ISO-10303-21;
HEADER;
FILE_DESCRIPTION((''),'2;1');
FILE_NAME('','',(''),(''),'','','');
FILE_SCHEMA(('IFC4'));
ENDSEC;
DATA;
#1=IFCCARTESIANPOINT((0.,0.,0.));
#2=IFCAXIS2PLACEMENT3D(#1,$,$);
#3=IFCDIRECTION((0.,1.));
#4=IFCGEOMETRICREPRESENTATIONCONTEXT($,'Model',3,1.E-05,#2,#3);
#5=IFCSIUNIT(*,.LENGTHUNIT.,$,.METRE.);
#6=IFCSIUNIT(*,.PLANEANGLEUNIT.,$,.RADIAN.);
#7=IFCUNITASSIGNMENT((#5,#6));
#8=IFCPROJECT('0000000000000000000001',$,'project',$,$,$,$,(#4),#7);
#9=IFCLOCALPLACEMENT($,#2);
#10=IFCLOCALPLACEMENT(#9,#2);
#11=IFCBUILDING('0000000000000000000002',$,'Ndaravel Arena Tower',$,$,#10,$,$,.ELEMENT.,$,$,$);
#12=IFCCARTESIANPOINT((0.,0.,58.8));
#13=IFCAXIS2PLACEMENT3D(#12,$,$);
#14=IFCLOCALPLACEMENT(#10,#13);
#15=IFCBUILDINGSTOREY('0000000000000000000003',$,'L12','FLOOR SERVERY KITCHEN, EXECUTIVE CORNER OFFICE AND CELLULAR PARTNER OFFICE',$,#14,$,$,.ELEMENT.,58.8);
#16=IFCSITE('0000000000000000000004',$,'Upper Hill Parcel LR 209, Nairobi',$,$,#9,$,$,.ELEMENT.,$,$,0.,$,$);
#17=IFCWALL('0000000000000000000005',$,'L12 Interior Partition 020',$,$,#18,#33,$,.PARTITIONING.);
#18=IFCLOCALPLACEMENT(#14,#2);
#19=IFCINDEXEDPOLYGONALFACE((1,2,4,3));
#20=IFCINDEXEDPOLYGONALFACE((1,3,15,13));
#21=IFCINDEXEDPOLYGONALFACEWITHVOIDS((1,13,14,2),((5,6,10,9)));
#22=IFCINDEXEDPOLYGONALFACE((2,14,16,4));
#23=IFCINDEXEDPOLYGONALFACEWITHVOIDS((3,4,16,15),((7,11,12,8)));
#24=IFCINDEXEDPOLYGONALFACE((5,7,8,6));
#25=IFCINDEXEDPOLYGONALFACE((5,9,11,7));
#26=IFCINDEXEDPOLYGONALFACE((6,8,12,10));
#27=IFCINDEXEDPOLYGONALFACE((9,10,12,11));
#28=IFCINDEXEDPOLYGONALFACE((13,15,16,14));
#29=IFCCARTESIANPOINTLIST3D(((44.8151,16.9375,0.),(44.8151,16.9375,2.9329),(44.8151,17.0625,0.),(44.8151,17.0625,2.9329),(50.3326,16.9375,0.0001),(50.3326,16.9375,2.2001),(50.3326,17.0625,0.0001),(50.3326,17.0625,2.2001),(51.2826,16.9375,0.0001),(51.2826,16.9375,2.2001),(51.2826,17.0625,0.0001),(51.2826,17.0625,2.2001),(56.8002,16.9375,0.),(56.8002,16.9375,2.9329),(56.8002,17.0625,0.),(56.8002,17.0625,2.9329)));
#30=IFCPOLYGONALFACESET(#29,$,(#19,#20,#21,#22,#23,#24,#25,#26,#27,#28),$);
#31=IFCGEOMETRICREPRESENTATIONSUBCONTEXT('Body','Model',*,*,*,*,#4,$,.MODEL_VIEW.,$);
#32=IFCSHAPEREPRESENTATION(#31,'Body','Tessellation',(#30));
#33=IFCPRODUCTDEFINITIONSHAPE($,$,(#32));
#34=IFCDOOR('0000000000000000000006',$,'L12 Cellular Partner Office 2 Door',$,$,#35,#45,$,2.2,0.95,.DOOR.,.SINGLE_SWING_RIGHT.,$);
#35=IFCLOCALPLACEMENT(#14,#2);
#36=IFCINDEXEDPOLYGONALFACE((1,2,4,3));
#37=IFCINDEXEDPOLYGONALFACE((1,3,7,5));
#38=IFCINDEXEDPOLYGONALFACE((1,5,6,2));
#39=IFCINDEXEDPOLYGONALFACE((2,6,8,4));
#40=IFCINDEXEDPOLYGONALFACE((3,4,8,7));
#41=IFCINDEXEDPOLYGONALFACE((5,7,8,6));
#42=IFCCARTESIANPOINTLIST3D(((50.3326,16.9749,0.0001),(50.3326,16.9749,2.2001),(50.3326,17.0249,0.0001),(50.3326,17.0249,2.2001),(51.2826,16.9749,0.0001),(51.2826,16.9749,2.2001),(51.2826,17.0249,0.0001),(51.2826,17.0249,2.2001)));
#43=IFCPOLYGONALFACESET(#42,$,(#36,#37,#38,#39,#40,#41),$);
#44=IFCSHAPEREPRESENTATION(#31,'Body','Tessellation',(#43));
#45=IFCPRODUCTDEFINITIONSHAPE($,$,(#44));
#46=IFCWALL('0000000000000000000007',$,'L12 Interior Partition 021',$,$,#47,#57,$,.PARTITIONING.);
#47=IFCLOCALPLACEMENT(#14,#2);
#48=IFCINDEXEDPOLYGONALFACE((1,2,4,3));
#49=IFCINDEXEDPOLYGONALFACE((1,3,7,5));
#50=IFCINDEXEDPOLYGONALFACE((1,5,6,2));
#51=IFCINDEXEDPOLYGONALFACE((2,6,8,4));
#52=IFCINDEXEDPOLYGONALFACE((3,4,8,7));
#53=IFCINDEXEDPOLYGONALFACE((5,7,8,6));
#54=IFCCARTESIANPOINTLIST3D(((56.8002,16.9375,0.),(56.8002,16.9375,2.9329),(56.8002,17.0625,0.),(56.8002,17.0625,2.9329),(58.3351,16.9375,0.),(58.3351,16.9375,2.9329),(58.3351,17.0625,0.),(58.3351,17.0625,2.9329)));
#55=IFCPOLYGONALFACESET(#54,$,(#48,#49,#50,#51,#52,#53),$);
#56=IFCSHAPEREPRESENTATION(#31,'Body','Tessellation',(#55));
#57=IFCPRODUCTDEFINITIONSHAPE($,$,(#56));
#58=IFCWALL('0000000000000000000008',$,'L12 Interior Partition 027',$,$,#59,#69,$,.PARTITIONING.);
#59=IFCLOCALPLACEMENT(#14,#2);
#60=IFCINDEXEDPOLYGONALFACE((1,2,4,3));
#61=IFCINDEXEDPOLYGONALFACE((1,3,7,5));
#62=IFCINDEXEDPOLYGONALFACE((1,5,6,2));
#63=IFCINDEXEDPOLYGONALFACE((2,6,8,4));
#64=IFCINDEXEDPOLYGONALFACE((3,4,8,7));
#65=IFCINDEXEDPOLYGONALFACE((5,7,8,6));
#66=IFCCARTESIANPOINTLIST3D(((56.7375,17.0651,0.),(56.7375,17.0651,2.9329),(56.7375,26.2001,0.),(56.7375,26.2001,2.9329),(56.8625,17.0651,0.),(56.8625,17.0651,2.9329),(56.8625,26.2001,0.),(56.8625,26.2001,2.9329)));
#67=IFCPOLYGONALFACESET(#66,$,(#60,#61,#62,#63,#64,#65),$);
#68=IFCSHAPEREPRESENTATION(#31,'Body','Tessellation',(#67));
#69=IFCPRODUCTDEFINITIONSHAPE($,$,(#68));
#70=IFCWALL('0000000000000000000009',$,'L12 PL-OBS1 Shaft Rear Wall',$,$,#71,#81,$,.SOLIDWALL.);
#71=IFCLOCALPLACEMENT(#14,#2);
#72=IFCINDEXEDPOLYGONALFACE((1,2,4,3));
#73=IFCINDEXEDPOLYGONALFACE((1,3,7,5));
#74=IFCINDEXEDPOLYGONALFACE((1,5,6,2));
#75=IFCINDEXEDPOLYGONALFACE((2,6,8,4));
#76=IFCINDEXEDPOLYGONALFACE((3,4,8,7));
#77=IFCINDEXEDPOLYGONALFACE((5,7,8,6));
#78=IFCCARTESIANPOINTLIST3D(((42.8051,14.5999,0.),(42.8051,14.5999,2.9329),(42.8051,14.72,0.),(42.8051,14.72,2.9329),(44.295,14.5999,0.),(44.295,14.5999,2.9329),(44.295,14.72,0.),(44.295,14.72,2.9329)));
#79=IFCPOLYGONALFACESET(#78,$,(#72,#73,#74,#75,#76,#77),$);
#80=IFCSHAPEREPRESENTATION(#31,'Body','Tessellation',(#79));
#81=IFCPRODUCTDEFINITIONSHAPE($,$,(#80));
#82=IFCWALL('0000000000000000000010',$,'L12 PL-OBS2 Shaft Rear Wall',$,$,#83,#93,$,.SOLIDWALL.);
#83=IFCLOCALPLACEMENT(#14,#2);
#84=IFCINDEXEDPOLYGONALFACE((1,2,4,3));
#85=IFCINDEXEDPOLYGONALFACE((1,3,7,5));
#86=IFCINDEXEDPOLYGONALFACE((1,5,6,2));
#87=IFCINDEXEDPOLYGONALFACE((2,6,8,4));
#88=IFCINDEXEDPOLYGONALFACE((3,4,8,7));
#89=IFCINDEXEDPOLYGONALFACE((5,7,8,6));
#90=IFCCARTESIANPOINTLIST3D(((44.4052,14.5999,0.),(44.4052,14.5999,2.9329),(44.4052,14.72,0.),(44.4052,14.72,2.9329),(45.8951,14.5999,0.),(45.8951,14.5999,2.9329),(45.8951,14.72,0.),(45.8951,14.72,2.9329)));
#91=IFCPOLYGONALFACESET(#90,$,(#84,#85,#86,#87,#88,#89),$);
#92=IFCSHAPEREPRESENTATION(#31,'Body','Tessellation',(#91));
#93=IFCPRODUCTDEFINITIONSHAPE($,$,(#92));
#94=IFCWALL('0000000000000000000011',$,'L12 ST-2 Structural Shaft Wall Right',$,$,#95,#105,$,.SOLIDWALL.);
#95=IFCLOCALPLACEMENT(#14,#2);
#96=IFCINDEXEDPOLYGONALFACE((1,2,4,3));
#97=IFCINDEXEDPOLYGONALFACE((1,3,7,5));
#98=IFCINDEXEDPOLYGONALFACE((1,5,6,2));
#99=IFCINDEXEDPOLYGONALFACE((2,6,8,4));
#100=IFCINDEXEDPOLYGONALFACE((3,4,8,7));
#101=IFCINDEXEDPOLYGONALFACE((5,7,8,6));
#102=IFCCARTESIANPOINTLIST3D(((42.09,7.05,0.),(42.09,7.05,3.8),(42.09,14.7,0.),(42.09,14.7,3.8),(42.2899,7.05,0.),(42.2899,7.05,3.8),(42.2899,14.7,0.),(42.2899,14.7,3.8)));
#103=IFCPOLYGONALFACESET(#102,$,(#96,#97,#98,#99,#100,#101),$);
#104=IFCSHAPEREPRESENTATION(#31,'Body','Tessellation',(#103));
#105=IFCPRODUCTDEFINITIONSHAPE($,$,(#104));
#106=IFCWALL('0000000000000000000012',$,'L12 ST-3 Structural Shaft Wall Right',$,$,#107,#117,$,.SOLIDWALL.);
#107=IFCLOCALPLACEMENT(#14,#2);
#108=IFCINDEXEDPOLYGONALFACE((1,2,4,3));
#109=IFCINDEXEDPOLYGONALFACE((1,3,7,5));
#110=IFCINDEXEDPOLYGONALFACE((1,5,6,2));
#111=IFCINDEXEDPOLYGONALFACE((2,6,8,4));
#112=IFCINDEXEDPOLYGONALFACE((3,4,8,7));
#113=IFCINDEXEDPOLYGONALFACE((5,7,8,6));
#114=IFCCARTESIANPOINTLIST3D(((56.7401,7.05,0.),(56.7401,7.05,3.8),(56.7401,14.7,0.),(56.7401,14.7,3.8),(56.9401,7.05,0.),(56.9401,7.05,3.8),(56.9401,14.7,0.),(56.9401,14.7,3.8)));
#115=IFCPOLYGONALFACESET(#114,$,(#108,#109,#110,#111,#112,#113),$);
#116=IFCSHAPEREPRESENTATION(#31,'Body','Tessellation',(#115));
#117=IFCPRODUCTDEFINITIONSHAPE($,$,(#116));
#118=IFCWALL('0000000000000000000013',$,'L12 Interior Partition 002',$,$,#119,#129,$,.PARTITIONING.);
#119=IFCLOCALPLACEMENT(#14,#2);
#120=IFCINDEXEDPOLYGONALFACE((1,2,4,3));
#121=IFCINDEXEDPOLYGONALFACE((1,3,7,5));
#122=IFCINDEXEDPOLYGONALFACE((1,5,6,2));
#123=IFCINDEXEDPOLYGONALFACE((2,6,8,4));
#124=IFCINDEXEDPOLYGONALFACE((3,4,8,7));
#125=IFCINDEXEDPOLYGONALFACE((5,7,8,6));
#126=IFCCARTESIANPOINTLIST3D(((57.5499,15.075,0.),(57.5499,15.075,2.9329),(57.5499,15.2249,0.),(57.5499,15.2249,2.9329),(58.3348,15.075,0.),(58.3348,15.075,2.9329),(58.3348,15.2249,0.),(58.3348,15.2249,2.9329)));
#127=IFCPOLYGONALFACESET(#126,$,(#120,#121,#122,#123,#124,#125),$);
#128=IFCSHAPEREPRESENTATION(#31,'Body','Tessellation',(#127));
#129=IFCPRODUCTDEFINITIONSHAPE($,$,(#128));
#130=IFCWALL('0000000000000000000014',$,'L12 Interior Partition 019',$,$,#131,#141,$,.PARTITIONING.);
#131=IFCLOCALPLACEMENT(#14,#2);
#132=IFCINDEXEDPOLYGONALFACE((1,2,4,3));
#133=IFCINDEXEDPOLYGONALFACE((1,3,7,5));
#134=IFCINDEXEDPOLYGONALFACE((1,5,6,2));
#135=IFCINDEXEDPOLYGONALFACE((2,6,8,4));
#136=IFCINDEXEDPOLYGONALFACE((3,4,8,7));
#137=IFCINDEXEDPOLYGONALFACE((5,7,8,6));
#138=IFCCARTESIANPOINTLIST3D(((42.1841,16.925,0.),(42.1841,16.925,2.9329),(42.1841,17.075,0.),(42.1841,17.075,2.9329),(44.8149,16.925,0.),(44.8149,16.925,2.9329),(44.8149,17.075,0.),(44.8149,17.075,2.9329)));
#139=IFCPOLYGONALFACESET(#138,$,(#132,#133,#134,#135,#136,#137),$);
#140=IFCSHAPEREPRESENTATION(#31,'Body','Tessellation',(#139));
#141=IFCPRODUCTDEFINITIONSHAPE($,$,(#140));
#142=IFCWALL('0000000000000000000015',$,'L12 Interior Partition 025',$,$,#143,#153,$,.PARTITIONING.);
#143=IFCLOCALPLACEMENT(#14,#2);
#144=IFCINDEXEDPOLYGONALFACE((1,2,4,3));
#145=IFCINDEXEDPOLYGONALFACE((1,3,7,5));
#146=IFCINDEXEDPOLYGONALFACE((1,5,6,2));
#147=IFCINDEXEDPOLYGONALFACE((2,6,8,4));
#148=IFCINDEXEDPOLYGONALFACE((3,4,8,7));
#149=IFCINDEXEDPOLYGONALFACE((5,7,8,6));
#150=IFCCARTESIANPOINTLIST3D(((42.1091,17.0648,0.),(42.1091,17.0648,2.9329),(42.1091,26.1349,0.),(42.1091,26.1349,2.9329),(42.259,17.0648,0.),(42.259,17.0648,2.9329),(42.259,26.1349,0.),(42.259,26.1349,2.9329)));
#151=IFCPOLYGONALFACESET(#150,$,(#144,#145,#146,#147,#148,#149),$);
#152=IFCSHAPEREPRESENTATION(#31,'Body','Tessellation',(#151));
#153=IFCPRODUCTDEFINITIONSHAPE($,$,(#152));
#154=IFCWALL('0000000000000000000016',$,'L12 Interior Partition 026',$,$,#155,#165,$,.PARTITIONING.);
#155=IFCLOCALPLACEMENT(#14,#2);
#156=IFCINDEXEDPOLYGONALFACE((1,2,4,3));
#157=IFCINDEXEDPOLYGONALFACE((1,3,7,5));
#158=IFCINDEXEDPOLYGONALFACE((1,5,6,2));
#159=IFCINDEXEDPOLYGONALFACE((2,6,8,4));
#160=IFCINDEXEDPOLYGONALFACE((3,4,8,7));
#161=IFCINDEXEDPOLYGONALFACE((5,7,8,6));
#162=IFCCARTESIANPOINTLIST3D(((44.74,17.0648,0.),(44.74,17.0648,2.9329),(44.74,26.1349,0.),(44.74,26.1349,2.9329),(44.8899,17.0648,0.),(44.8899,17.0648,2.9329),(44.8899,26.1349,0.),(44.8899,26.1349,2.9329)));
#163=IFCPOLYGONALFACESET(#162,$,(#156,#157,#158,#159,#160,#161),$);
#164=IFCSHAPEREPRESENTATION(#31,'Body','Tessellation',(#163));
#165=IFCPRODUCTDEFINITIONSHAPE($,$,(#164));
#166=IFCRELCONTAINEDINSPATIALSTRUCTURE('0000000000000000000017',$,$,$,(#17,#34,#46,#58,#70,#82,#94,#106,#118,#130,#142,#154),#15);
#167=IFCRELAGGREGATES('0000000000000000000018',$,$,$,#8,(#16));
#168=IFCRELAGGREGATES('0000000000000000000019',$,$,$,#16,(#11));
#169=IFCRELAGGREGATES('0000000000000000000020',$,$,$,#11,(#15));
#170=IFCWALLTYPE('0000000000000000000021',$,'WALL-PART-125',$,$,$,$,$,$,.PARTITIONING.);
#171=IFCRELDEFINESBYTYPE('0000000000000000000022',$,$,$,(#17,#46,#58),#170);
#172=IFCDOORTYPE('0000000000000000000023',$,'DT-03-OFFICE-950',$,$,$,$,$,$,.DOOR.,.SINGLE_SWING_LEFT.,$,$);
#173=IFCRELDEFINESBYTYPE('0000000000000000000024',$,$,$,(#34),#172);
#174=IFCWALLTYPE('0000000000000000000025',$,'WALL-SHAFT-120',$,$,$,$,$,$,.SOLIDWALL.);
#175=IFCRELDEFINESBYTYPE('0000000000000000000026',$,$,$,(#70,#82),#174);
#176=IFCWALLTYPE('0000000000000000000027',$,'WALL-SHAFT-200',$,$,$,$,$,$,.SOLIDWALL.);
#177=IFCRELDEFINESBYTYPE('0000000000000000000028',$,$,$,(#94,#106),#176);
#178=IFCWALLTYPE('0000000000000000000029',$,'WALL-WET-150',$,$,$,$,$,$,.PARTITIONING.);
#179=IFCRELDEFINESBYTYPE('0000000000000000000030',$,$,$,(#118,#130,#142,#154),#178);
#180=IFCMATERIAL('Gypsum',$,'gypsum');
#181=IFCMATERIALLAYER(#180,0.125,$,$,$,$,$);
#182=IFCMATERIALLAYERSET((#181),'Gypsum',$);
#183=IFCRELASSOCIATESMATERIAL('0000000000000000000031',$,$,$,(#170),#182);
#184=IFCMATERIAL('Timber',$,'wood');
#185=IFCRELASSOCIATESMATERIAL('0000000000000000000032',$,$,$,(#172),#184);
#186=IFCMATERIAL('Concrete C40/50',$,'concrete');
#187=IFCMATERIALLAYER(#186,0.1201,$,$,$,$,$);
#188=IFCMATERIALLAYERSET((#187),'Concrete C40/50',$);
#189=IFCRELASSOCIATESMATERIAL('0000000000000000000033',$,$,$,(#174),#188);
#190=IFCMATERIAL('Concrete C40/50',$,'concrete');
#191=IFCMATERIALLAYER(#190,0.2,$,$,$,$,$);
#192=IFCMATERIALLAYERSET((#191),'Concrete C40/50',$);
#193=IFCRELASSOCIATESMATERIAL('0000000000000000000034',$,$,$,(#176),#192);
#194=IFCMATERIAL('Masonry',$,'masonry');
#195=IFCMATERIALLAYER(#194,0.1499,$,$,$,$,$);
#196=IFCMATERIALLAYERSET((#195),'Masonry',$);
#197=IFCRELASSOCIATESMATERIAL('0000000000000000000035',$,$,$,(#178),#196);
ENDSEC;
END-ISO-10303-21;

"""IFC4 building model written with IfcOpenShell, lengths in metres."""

from ifc_helpers import new_model, si_unit, direction, frame, frame_2d, origin, place, context, subcontext, project, spatial, rectangle, extrude, material, layer, layer_set, type_object, element, fill, save


model = new_model("IFC4")

# Units and contexts
model_context = context("Model", 3, precision=1e-05, world=origin(), true_north=direction((0.0, 1.0)))
body_context = subcontext(model_context, "Body", "Model", "MODEL_VIEW")
ifc_project = project(units=[si_unit("LENGTHUNIT", "METRE"), si_unit("PLANEANGLEUNIT", "RADIAN")], contexts=[model_context])

# Site, building, storey
site_placement = place(None, origin())
site = spatial("IfcSite", under=ifc_project, at=site_placement, Name="Upper Hill Parcel LR 209, Nairobi", CompositionType="ELEMENT", RefElevation=0.0)
building_placement = place(site_placement, origin())
building = spatial("IfcBuilding", under=site, at=building_placement, Name="Ndaravel Arena Tower", CompositionType="ELEMENT")
storey_placement = place(building_placement, frame((0.0, 0.0, 58.8)))
storey = spatial("IfcBuildingStorey", under=building, at=storey_placement, Name="L12", Description="FLOOR SERVERY KITCHEN, EXECUTIVE CORNER OFFICE AND CELLULAR PARTNER OFFICE", CompositionType="ELEMENT", Elevation=58.8)

# Shared definitions
ifc_material_1 = material(Name="Gypsum", Category="gypsum")
ifc_layer_1 = layer(ifc_material_1, 0.125)
ifc_layer_set_1 = layer_set([ifc_layer_1], Name="Gypsum")
wall_type_1 = type_object("IfcWallType", Name="WALL-PART-125", PredefinedType="PARTITIONING", material=ifc_layer_set_1)

# Wall, opening, door
ifc_material_2 = material(Name="Timber", Category="wood")
door_type_1 = type_object("IfcDoorType", Name="DT-03-OFFICE-950", OperationType="SINGLE_SWING_LEFT", PredefinedType="DOOR", material=ifc_material_2)
wall_1_placement = place(storey_placement, frame((44.8149, 17.0, 0.0), z_axis=(0.0, 0.0, 1.0), x_axis=(1.0, 0.0, 0.0)))
wall_1 = element("IfcWall", 1, at=wall_1_placement, inside=storey, type_object=wall_type_1, Name="L12 Interior Partition 020", PredefinedType="PARTITIONING", context=body_context, shape_type="SweptSolid", body=[
    extrude(rectangle(XDim=11.9851, YDim=0.125, at=frame_2d((5.9927, 0.0))), origin(), (0.0, 0.0, 1.0), 2.9329),
])
opening_1_placement = place(wall_1_placement, frame((5.5176, 0.0, 0.0)))
opening_1 = element("IfcOpeningElement", 2, at=opening_1_placement, cuts=wall_1, PredefinedType="OPENING", context=body_context, shape_type="SweptSolid", body=[
    extrude(rectangle(XDim=0.95, YDim=2.2, at=frame_2d((0.4751, 1.1001))), frame((0.0, 0.0625, 0.0), z_axis=(0.0, -1.0, 0.0), x_axis=(1.0, 0.0, 0.0)), (0.0, 0.0, 1.0), 0.125),
])
door_1_placement = place(opening_1_placement, origin())
door_1 = element("IfcDoor", 3, at=door_1_placement, inside=storey, type_object=door_type_1, Name="L12 Cellular Partner Office 2 Door", OperationType="SINGLE_SWING_RIGHT", OverallHeight=2.2, OverallWidth=0.95, PredefinedType="DOOR", context=body_context, shape_type="SweptSolid", body=[
    extrude(rectangle(XDim=0.95, YDim=2.2, at=frame_2d((0.4751, 1.1001))), frame((0.0, 0.0249, 0.0), z_axis=(0.0, -1.0, 0.0), x_axis=(1.0, 0.0, 0.0)), (0.0, 0.0, 1.0), 0.05),
])
fill(opening_1, door_1)

# Walls
wall_2_placement = place(storey_placement, frame((56.8, 17.0, 0.0), z_axis=(0.0, 0.0, 1.0), x_axis=(1.0, 0.0, 0.0)))
element("IfcWall", 4, at=wall_2_placement, inside=storey, type_object=wall_type_1, Name="L12 Interior Partition 021", PredefinedType="PARTITIONING", context=body_context, shape_type="SweptSolid", body=[
    extrude(rectangle(XDim=1.5349, YDim=0.125, at=frame_2d((0.7676, 0.0))), origin(), (0.0, 0.0, 1.0), 2.9329),
])
wall_3_placement = place(storey_placement, frame((56.8, 26.2, 0.0), z_axis=(0.0, 0.0, 1.0), x_axis=(0.0, -1.0, 0.0)))
element("IfcWall", 5, at=wall_3_placement, inside=storey, type_object=wall_type_1, Name="L12 Interior Partition 027", PredefinedType="PARTITIONING", context=body_context, shape_type="SweptSolid", body=[
    extrude(rectangle(XDim=9.135, YDim=0.125, at=frame_2d((4.5674, 0.0))), origin(), (0.0, 0.0, 1.0), 2.9329),
])
ifc_material_3 = material(Name="Concrete C40/50", Category="concrete")
ifc_layer_2 = layer(ifc_material_3, 0.1201)
ifc_layer_set_2 = layer_set([ifc_layer_2], Name="Concrete C40/50")
wall_type_2 = type_object("IfcWallType", Name="WALL-SHAFT-120", PredefinedType="SOLIDWALL", material=ifc_layer_set_2)
for number, where, z_axis, x_axis, name in (
    (6, (42.8049, 14.6599, 0.0), (0.0, 0.0, 1.0), (1.0, 0.0, 0.0), "L12 PL-OBS1 Shaft Rear Wall"),
    (7, (44.405, 14.6599, 0.0), (0.0, 0.0, 1.0), (1.0, 0.0, 0.0), "L12 PL-OBS2 Shaft Rear Wall"),
):
    element("IfcWall", number, at=place(storey_placement, frame(where, z_axis=z_axis, x_axis=x_axis)), inside=storey, type_object=wall_type_2, Name=name, PredefinedType="SOLIDWALL", context=body_context, shape_type="SweptSolid", body=[
        extrude(rectangle(XDim=1.49, YDim=0.1201, at=frame_2d((0.7451, 0.0))), origin(), (0.0, 0.0, 1.0), 2.9329),
    ])
ifc_material_4 = material(Name="Concrete C40/50", Category="concrete")
ifc_layer_3 = layer(ifc_material_4, 0.2)
ifc_layer_set_3 = layer_set([ifc_layer_3], Name="Concrete C40/50")
wall_type_3 = type_object("IfcWallType", Name="WALL-SHAFT-200", PredefinedType="SOLIDWALL", material=ifc_layer_set_3)
for number, where, z_axis, x_axis, name in (
    (8, (42.1899, 14.7, 0.0), (0.0, 0.0, 1.0), (0.0, -1.0, 0.0), "L12 ST-2 Structural Shaft Wall Right"),
    (9, (56.8401, 14.7, 0.0), (0.0, 0.0, 1.0), (0.0, -1.0, 0.0), "L12 ST-3 Structural Shaft Wall Right"),
):
    element("IfcWall", number, at=place(storey_placement, frame(where, z_axis=z_axis, x_axis=x_axis)), inside=storey, type_object=wall_type_3, Name=name, PredefinedType="SOLIDWALL", context=body_context, shape_type="SweptSolid", body=[
        extrude(rectangle(XDim=7.6499, YDim=0.2, at=frame_2d((3.825, 0.0))), origin(), (0.0, 0.0, 1.0), 3.8),
    ])
ifc_material_5 = material(Name="Masonry", Category="masonry")
ifc_layer_4 = layer(ifc_material_5, 0.1499)
ifc_layer_set_4 = layer_set([ifc_layer_4], Name="Masonry")
wall_type_4 = type_object("IfcWallType", Name="WALL-WET-150", PredefinedType="PARTITIONING", material=ifc_layer_set_4)
wall_4_placement = place(storey_placement, frame((58.335, 15.1499, 0.0), z_axis=(0.0, 0.0, 1.0), x_axis=(-1.0, 0.0, 0.0)))
element("IfcWall", 10, at=wall_4_placement, inside=storey, type_object=wall_type_4, Name="L12 Interior Partition 002", PredefinedType="PARTITIONING", context=body_context, shape_type="SweptSolid", body=[
    extrude(rectangle(XDim=0.7849, YDim=0.1499, at=frame_2d((0.3926, 0.0))), origin(), (0.0, 0.0, 1.0), 2.9329),
])

# Walls
wall_5_placement = place(storey_placement, frame((42.1841, 17.0, 0.0), z_axis=(0.0, 0.0, 1.0), x_axis=(1.0, 0.0, 0.0)))
element("IfcWall", 11, at=wall_5_placement, inside=storey, type_object=wall_type_4, Name="L12 Interior Partition 019", PredefinedType="PARTITIONING", context=body_context, shape_type="SweptSolid", body=[
    extrude(rectangle(XDim=2.6309, YDim=0.1499, at=frame_2d((1.3154, 0.0))), origin(), (0.0, 0.0, 1.0), 2.9329),
])
for number, where, z_axis, x_axis, name in (
    (12, (42.1841, 26.135, 0.0), (0.0, 0.0, 1.0), (0.0, -1.0, 0.0), "L12 Interior Partition 025"),
    (13, (44.8149, 26.135, 0.0), (0.0, 0.0, 1.0), (0.0, -1.0, 0.0), "L12 Interior Partition 026"),
):
    element("IfcWall", number, at=place(storey_placement, frame(where, z_axis=z_axis, x_axis=x_axis)), inside=storey, type_object=wall_type_4, Name=name, PredefinedType="PARTITIONING", context=body_context, shape_type="SweptSolid", body=[
        extrude(rectangle(XDim=9.0701, YDim=0.1499, at=frame_2d((4.5352, 0.0))), origin(), (0.0, 0.0, 1.0), 2.9329),
    ])

save(model, "model.ifc")
